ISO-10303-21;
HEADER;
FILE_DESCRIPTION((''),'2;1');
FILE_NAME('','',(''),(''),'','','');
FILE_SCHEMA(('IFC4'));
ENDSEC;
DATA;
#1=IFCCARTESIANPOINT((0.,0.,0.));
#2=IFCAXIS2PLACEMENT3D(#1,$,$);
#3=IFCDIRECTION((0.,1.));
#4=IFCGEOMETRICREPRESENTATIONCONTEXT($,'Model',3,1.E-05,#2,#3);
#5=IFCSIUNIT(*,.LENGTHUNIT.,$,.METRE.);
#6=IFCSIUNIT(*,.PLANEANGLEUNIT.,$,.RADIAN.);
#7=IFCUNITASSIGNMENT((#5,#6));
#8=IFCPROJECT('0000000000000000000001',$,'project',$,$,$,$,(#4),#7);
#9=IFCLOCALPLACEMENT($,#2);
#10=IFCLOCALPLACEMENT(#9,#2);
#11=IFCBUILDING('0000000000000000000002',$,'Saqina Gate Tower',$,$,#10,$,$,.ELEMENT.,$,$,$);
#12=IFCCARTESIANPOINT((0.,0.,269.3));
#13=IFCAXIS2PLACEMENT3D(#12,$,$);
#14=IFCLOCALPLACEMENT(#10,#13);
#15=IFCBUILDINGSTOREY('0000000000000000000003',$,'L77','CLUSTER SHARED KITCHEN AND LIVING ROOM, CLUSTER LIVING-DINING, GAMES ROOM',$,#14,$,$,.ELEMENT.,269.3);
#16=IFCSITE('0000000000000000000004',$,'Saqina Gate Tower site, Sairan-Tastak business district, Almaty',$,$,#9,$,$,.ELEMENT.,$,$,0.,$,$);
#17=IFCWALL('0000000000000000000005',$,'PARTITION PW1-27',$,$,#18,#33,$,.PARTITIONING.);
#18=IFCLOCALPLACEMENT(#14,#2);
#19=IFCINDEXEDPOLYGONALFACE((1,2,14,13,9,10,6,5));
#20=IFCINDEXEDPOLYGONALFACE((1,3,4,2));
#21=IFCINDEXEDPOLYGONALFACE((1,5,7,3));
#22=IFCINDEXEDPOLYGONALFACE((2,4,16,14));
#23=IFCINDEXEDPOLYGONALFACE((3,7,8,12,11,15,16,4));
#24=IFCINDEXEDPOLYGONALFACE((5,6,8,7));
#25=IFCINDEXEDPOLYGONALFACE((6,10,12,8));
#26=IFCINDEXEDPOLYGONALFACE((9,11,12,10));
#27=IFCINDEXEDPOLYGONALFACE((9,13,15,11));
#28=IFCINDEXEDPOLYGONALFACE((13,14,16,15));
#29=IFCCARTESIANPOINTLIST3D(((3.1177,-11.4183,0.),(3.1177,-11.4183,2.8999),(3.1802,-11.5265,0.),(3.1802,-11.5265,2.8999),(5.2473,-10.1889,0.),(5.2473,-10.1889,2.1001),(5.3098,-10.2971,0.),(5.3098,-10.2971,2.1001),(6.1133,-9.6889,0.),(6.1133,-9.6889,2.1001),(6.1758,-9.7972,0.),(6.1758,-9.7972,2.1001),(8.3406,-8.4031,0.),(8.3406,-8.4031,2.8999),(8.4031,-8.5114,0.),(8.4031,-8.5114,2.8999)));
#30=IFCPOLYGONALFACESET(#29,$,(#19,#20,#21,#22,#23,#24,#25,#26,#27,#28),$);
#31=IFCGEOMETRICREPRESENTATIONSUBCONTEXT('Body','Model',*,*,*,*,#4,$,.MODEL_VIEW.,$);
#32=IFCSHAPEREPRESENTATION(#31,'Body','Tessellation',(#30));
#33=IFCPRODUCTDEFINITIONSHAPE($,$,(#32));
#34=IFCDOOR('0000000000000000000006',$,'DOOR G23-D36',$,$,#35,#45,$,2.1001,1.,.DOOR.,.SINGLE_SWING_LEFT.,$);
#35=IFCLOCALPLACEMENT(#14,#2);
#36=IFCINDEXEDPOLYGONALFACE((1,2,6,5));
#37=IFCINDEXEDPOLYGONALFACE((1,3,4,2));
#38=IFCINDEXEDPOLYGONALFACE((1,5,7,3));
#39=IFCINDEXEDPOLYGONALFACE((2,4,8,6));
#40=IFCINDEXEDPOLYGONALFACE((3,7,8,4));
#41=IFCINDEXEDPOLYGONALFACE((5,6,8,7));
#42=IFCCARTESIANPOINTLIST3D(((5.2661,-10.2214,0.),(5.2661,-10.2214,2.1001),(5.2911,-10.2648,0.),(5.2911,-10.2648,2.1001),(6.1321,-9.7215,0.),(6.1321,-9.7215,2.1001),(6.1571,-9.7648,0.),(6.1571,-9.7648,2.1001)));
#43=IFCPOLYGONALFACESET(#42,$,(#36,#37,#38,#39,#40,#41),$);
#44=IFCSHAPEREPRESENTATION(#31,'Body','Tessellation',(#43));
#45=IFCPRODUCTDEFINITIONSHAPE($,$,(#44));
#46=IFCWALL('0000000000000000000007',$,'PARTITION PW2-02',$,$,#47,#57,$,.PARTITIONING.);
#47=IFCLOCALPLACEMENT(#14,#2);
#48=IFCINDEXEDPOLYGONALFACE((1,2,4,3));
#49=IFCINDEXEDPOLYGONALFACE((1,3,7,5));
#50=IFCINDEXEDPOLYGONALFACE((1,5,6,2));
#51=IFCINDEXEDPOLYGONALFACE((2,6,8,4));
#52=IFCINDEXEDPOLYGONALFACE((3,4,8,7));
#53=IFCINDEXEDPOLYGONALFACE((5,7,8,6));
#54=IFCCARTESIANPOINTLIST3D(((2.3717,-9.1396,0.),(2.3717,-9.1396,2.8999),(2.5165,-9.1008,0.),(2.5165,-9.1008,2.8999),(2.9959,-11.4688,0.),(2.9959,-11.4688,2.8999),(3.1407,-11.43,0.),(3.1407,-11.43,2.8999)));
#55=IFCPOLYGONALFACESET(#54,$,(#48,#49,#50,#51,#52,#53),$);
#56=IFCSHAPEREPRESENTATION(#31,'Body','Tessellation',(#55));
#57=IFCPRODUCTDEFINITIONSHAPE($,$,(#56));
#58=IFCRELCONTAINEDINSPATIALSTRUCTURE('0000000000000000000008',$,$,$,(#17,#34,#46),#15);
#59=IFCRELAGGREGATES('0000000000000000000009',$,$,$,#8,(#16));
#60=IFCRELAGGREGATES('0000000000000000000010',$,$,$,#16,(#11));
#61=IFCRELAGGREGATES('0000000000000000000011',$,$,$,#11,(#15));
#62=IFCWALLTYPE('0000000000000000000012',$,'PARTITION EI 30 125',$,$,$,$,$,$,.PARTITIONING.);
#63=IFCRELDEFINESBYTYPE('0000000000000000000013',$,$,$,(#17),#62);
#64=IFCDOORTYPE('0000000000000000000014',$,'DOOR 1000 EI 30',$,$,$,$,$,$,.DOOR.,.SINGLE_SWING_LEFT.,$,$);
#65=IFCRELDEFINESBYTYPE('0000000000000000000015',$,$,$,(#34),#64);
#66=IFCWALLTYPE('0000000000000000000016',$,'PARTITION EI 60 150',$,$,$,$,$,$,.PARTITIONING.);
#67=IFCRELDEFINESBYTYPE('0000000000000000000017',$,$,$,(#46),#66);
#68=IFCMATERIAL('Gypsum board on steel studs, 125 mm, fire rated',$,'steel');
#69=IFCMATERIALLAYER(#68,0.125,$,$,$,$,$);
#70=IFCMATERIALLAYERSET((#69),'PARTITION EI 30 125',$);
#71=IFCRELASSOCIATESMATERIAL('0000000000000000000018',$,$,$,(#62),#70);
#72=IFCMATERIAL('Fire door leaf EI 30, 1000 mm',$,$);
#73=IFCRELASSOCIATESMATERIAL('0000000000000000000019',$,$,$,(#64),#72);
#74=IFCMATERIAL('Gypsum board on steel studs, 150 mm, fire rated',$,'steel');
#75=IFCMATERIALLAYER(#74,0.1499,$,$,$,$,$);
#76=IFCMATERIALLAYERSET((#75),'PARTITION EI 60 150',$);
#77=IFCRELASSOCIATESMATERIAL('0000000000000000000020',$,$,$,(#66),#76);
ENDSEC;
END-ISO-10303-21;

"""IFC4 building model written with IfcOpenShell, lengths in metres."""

from ifc_helpers import new_model, si_unit, direction, frame, frame_2d, origin, place, context, subcontext, project, spatial, rectangle, extrude, material, layer, layer_set, type_object, element, fill, save


model = new_model("IFC4")

# Units and contexts
model_context = context("Model", 3, precision=1e-05, world=origin(), true_north=direction((0.0, 1.0)))
body_context = subcontext(model_context, "Body", "Model", "MODEL_VIEW")
ifc_project = project(units=[si_unit("LENGTHUNIT", "METRE"), si_unit("PLANEANGLEUNIT", "RADIAN")], contexts=[model_context])

# Site, building, storey
site_placement = place(None, origin())
site = spatial("IfcSite", under=ifc_project, at=site_placement, Name="Saqina Gate Tower site, Sairan-Tastak business district, Almaty", CompositionType="ELEMENT", RefElevation=0.0)
building_placement = place(site_placement, origin())
building = spatial("IfcBuilding", under=site, at=building_placement, Name="Saqina Gate Tower", CompositionType="ELEMENT")
storey_placement = place(building_placement, frame((0.0, 0.0, 269.3)))
storey = spatial("IfcBuildingStorey", under=building, at=storey_placement, Name="L77", Description="CLUSTER SHARED KITCHEN AND LIVING ROOM, CLUSTER LIVING-DINING, GAMES ROOM", CompositionType="ELEMENT", Elevation=269.3)

# Wall, opening, door
ifc_material_1 = material(Name="Gypsum board on steel studs, 125 mm, fire rated", Category="steel")
ifc_layer_1 = layer(ifc_material_1, 0.125)
ifc_layer_set_1 = layer_set([ifc_layer_1], Name="PARTITION EI 30 125")
wall_type_1 = type_object("IfcWallType", Name="PARTITION EI 30 125", PredefinedType="PARTITIONING", material=ifc_layer_set_1)
ifc_material_2 = material(Name="Fire door leaf EI 30, 1000 mm")
door_type_1 = type_object("IfcDoorType", Name="DOOR 1000 EI 30", OperationType="SINGLE_SWING_LEFT", PredefinedType="DOOR", material=ifc_material_2)
wall_1_placement = place(storey_placement, frame((3.1489, -11.4724, 0.0), z_axis=(0.0, 0.0, 1.0), x_axis=(0.866047, 0.499962, 0.0)))
wall_1 = element("IfcWall", 1, at=wall_1_placement, inside=storey, type_object=wall_type_1, Name="PARTITION PW1-27", PredefinedType="PARTITIONING", context=body_context, shape_type="SweptSolid", body=[
    extrude(rectangle(XDim=6.0308, YDim=0.125, at=frame_2d((3.0154, 0.0))), origin(), (0.0, 0.0, 1.0), 2.8999),
])
opening_1_placement = place(wall_1_placement, frame((2.459, 0.0, 0.0)))
opening_1 = element("IfcOpeningElement", 2, at=opening_1_placement, cuts=wall_1, PredefinedType="OPENING", context=body_context, shape_type="SweptSolid", body=[
    extrude(rectangle(XDim=1.0, YDim=2.1001, at=frame_2d((0.5, 1.05))), frame((0.0, 0.0745, 0.0), z_axis=(0.0, -1.0, 0.0), x_axis=(1.0, 0.0, 0.0)), (0.0, 0.0, 1.0), 0.1489),
])
door_1_placement = place(opening_1_placement, origin())
door_1 = element("IfcDoor", 3, at=door_1_placement, inside=storey, type_object=door_type_1, Name="DOOR G23-D36", OperationType="SINGLE_SWING_LEFT", OverallHeight=2.1001, OverallWidth=1.0, PredefinedType="DOOR", context=body_context, shape_type="SweptSolid", body=[
    extrude(rectangle(XDim=1.0, YDim=2.1001, at=frame_2d((0.5, 1.05))), frame((0.0, 0.0249, 0.0), z_axis=(0.0, -1.0, 0.0), x_axis=(1.0, 0.0, 0.0)), (0.0, 0.0, 1.0), 0.05),
])
fill(opening_1, door_1)

# Wall
ifc_material_3 = material(Name="Gypsum board on steel studs, 150 mm, fire rated", Category="steel")
ifc_layer_2 = layer(ifc_material_3, 0.1499)
ifc_layer_set_2 = layer_set([ifc_layer_2], Name="PARTITION EI 60 150")
wall_type_2 = type_object("IfcWallType", Name="PARTITION EI 60 150", PredefinedType="PARTITIONING", material=ifc_layer_set_2)
wall_2_placement = place(storey_placement, frame((2.4441, -9.1204, 0.0), z_axis=(0.0, 0.0, 1.0), x_axis=(0.258891, -0.965906, 0.0)))
element("IfcWall", 4, at=wall_2_placement, inside=storey, type_object=wall_type_2, Name="PARTITION PW2-02", PredefinedType="PARTITIONING", context=body_context, shape_type="SweptSolid", body=[
    extrude(rectangle(XDim=2.4114, YDim=0.1499, at=frame_2d((1.2056, 0.0))), origin(), (0.0, 0.0, 1.0), 2.8999),
])

save(model, "model.ifc")
